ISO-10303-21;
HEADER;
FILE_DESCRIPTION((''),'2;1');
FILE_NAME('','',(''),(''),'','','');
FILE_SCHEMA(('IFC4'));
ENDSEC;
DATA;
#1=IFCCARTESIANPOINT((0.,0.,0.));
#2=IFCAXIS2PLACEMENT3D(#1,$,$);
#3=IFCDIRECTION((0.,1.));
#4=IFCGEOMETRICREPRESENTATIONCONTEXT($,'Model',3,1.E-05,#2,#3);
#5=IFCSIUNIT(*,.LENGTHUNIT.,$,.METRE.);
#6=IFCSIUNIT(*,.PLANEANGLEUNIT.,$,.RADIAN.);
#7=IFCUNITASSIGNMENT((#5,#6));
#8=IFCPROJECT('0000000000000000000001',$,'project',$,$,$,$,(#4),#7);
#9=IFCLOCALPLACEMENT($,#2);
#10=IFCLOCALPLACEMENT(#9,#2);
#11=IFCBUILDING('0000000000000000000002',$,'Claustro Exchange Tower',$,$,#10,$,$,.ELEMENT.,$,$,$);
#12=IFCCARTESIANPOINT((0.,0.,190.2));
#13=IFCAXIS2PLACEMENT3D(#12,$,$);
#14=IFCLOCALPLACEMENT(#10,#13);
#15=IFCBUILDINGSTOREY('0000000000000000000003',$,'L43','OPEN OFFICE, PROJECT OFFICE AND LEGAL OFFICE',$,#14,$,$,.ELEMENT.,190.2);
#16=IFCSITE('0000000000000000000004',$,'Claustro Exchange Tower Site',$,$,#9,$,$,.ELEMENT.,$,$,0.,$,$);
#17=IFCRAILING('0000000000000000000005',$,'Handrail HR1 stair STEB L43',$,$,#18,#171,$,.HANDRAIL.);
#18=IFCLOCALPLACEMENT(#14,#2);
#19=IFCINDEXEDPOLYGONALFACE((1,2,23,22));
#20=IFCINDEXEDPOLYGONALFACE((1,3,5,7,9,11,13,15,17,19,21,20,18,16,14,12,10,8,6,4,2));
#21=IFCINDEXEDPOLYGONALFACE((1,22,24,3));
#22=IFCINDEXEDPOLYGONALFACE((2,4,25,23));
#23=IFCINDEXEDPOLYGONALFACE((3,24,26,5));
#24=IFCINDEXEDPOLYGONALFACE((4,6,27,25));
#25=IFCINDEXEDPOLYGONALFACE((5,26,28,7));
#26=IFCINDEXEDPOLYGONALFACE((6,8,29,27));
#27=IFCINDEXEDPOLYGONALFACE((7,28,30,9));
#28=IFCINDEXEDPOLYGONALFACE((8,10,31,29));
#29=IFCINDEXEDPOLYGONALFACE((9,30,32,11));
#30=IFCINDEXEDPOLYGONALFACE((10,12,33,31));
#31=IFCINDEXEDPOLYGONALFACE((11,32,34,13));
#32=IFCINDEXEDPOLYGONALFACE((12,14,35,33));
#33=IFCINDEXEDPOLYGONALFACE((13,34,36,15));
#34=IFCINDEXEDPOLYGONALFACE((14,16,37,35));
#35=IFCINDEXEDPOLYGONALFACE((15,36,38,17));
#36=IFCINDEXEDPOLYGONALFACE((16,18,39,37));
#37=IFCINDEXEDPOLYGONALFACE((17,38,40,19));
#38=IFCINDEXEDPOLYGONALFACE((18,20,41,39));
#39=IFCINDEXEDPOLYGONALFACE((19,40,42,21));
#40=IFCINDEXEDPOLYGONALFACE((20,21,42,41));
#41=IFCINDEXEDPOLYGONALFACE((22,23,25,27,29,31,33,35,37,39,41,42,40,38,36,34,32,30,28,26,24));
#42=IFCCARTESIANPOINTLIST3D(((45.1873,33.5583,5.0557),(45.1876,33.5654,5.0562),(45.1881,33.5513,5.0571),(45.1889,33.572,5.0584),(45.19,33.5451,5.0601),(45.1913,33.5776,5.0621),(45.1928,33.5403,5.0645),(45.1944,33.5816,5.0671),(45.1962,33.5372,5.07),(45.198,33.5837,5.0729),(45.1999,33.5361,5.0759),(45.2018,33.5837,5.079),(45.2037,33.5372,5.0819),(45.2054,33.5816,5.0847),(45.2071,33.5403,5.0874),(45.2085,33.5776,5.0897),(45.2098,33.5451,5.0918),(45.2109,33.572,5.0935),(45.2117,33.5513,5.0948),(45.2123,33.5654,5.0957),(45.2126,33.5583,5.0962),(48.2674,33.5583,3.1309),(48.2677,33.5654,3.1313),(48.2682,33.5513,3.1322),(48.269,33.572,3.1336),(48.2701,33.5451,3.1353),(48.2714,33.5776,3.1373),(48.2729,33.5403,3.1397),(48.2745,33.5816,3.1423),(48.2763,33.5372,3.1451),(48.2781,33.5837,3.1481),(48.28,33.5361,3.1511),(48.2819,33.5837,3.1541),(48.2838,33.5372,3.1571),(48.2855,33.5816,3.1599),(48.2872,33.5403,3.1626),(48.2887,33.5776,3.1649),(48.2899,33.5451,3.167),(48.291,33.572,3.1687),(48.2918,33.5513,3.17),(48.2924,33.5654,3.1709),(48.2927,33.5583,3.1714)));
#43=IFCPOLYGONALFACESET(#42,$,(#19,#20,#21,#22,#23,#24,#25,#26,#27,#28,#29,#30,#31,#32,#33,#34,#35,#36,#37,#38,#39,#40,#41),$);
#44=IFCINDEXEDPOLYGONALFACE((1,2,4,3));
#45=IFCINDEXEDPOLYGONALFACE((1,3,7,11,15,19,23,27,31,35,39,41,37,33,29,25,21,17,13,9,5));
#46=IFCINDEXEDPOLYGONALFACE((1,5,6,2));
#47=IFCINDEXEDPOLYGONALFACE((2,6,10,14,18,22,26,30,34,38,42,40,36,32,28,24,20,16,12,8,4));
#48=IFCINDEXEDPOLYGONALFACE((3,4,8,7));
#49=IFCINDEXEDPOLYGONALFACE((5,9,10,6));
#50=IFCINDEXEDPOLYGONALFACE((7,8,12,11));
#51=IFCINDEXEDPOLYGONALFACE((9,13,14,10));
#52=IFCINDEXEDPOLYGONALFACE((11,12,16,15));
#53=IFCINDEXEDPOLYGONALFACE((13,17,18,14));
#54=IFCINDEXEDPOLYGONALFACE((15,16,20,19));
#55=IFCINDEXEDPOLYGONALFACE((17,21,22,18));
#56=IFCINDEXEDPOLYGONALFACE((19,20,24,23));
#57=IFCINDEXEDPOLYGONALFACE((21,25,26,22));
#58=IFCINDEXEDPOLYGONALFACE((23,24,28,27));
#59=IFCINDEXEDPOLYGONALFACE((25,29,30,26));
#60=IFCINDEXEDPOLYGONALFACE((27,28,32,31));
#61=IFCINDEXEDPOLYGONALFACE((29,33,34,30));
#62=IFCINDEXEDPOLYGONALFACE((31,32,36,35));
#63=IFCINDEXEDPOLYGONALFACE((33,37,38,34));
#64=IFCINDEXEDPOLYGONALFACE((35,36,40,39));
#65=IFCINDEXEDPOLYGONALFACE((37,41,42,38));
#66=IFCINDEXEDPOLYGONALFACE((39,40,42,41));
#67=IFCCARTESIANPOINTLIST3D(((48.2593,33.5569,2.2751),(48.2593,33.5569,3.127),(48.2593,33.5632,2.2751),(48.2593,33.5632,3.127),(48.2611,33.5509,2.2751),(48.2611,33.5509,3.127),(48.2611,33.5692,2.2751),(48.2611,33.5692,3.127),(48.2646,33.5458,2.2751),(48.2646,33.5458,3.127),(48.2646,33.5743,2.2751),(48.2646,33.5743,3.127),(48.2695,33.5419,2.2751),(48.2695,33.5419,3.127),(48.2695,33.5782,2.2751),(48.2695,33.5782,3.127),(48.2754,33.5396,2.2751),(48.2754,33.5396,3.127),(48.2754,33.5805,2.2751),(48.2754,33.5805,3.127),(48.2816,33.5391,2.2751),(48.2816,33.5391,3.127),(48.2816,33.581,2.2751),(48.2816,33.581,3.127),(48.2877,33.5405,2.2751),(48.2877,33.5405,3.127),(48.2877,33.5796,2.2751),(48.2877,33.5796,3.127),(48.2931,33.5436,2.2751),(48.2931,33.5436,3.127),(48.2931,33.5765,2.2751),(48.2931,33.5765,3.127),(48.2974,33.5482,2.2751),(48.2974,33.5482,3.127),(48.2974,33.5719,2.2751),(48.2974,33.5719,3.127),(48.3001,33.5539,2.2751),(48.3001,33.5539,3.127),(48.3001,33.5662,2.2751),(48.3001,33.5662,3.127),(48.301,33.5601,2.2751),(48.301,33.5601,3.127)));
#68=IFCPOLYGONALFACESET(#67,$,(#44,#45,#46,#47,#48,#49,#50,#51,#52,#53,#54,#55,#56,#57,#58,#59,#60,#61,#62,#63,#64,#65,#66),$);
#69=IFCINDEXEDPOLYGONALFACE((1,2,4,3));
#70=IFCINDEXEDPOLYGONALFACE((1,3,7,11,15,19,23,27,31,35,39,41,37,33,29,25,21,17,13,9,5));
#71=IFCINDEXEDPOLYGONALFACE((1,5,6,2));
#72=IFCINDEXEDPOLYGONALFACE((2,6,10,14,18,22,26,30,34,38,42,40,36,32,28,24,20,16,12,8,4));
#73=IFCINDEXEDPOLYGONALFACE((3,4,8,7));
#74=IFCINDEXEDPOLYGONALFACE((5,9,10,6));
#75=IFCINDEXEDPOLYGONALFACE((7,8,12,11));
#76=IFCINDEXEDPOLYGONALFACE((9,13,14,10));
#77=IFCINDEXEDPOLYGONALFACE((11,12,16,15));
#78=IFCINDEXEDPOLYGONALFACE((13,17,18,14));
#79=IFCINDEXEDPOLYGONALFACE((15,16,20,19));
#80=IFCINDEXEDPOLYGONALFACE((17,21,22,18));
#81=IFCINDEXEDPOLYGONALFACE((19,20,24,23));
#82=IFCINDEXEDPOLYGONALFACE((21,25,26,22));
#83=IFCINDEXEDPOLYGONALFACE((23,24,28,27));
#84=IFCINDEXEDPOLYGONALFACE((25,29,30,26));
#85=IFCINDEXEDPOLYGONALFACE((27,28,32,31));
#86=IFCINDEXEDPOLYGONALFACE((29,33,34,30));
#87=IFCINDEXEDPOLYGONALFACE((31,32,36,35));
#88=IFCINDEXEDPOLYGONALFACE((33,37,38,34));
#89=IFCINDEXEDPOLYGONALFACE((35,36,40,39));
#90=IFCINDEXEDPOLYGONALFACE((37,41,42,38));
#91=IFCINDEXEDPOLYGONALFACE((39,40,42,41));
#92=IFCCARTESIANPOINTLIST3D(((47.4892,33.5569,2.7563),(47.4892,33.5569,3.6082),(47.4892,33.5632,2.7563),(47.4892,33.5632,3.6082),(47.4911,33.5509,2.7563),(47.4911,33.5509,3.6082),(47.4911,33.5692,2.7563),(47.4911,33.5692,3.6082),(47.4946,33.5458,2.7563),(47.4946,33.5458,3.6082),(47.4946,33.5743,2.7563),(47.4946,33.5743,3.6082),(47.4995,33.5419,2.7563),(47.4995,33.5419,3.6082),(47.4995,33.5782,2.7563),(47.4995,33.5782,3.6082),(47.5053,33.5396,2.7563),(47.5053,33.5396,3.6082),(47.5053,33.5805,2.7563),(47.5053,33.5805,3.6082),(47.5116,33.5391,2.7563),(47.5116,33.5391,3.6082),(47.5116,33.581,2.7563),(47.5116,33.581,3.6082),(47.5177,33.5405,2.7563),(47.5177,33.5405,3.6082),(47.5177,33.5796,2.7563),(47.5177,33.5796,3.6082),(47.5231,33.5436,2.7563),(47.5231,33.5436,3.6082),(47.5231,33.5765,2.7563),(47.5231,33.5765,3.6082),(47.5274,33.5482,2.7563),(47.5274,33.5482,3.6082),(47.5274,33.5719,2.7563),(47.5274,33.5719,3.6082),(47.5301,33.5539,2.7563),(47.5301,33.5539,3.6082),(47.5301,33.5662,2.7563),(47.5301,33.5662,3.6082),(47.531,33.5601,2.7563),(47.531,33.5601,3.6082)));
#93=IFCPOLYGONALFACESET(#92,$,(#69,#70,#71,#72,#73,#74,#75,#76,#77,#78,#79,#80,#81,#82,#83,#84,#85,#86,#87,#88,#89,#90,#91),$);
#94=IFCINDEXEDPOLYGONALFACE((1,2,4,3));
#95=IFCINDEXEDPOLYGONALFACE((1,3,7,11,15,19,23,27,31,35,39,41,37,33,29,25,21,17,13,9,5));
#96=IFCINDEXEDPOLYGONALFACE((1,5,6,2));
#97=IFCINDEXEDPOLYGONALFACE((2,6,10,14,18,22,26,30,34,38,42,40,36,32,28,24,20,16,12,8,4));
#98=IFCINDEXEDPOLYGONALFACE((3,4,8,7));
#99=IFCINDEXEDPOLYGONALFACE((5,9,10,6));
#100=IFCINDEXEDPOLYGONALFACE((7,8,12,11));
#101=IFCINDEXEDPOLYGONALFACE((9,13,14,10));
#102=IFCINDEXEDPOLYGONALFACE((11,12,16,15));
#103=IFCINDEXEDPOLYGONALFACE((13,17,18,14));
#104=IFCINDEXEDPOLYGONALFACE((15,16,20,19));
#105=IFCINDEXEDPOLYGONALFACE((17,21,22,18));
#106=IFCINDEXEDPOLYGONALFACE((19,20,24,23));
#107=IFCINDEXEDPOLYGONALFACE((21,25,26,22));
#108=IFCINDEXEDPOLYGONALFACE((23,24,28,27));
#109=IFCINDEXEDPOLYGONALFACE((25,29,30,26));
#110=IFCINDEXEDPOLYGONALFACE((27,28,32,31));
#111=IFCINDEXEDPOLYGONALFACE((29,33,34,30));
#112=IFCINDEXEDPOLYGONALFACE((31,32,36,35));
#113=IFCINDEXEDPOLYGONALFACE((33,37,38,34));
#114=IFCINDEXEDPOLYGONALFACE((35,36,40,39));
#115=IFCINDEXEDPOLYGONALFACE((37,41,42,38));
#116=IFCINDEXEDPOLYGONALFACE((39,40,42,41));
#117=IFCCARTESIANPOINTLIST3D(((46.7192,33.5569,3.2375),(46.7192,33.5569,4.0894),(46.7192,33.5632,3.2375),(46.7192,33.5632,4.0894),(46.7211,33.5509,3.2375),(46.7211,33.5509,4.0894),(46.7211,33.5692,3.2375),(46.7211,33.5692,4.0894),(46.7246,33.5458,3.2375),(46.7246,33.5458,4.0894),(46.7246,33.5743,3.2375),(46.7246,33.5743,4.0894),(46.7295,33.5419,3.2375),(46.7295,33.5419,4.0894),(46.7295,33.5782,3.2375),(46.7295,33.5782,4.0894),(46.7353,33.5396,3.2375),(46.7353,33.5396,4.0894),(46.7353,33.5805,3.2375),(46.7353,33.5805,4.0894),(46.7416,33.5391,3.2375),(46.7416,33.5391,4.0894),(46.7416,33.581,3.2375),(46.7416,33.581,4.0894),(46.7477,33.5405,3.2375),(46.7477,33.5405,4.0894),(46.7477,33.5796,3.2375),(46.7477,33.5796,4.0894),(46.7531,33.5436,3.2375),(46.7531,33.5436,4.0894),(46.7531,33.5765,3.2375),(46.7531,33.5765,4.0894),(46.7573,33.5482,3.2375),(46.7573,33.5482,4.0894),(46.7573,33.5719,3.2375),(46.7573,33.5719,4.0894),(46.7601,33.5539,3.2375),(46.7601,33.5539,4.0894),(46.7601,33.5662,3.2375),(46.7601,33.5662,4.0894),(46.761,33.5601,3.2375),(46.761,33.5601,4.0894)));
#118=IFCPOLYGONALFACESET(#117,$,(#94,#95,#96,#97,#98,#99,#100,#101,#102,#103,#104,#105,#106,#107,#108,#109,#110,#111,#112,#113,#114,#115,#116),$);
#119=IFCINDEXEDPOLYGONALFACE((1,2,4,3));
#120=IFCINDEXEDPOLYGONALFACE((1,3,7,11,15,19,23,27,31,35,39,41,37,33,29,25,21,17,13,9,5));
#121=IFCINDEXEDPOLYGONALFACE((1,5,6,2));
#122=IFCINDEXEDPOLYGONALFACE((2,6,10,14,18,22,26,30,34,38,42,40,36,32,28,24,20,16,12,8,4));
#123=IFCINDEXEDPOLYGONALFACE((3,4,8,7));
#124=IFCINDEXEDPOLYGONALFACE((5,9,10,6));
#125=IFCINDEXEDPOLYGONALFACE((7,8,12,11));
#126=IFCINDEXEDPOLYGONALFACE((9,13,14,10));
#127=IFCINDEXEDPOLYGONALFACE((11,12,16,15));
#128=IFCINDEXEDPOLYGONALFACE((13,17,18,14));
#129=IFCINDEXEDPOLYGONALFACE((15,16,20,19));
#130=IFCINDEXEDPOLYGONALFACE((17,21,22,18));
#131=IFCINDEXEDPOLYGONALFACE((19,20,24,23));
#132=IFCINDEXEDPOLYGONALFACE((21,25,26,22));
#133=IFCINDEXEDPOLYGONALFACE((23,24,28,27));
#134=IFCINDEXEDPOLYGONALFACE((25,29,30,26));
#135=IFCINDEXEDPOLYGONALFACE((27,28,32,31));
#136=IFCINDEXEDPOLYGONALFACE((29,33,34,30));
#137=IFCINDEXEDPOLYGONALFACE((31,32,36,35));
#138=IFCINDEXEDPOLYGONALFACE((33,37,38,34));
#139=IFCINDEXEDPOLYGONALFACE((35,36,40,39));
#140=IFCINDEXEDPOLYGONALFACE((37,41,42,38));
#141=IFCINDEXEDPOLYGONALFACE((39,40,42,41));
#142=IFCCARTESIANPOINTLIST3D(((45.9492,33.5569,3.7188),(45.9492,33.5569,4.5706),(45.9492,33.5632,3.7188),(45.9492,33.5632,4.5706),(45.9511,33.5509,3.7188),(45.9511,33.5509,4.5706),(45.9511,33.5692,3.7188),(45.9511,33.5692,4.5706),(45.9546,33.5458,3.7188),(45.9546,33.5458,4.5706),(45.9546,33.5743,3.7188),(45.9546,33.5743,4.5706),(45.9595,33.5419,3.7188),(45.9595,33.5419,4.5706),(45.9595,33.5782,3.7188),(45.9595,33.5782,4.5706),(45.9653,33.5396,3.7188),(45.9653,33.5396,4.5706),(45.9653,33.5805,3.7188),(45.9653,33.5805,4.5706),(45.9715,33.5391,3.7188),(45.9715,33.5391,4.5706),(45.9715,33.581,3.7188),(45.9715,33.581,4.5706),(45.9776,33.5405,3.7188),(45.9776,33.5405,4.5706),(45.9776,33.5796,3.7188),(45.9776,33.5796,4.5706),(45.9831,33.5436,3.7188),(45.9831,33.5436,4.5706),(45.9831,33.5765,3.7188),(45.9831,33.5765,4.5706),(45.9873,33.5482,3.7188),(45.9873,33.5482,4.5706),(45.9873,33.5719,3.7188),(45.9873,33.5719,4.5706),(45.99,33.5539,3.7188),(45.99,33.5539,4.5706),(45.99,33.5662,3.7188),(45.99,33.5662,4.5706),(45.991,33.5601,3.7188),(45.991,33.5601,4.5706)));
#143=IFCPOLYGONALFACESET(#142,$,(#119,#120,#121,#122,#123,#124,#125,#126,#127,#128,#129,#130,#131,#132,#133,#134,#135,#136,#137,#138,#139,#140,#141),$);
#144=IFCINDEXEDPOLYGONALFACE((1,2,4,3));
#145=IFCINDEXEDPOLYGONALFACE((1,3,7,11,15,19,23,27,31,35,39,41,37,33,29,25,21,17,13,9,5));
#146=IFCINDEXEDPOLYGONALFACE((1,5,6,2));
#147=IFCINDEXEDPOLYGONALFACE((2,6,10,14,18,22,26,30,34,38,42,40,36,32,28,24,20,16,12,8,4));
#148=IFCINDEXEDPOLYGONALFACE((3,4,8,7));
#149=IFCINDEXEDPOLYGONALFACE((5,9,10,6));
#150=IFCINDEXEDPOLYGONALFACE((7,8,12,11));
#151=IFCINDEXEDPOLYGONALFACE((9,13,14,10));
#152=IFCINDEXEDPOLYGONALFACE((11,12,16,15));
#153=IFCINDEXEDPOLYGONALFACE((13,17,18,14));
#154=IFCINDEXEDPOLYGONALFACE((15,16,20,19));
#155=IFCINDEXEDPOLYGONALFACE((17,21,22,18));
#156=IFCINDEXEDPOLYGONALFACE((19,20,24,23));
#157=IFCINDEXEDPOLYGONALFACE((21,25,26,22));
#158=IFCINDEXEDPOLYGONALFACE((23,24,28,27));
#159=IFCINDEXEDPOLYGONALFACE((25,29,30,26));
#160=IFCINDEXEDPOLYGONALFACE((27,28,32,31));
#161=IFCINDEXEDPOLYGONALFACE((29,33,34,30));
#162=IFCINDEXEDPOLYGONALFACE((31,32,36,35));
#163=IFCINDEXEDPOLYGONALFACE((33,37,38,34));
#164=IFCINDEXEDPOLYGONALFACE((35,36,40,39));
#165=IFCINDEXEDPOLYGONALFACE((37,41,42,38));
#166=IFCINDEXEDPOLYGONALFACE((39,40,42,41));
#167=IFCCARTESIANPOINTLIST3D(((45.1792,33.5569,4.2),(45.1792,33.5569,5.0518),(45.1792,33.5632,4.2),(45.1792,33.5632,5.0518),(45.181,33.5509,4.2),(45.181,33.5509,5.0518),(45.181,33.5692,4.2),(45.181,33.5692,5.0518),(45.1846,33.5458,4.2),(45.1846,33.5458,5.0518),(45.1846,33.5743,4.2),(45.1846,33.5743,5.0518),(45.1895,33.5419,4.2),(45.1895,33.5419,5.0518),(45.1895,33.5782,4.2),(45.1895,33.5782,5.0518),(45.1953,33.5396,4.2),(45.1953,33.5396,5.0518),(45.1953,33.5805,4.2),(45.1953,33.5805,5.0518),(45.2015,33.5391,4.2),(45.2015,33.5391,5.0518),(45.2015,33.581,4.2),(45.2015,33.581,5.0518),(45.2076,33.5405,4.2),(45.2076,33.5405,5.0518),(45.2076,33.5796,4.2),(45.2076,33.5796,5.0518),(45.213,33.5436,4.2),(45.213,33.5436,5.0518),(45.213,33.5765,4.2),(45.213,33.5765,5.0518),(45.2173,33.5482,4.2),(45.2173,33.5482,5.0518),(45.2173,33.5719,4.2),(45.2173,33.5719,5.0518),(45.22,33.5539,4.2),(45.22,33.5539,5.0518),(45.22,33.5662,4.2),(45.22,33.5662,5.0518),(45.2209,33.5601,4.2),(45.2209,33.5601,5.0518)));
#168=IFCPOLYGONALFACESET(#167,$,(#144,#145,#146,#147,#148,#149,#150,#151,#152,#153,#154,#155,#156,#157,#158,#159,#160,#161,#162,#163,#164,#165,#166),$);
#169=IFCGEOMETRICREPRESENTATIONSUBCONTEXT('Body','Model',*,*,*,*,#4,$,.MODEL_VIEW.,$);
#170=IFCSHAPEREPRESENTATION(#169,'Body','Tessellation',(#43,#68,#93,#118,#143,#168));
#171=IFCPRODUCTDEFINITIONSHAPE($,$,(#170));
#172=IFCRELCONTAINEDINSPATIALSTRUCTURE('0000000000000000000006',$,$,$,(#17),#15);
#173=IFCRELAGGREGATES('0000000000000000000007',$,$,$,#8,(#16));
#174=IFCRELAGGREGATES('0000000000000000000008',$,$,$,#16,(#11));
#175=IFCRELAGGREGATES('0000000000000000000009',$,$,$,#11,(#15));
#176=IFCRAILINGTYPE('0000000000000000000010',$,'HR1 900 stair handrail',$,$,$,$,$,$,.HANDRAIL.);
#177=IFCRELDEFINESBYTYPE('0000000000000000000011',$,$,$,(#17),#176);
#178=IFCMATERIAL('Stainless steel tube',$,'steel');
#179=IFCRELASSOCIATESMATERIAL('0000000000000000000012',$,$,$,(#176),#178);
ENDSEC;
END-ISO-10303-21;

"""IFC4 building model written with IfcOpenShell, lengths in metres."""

from ifc_helpers import new_model, si_unit, direction, frame, origin, origin_2d, place, context, subcontext, project, spatial, circle, extrude, material, type_object, element, save


model = new_model("IFC4")

# Units and contexts
model_context = context("Model", 3, precision=1e-05, world=origin(), true_north=direction((0.0, 1.0)))
body_context = subcontext(model_context, "Body", "Model", "MODEL_VIEW")
ifc_project = project(units=[si_unit("LENGTHUNIT", "METRE"), si_unit("PLANEANGLEUNIT", "RADIAN")], contexts=[model_context])

# Site, building, storey
site_placement = place(None, origin())
site = spatial("IfcSite", under=ifc_project, at=site_placement, Name="Claustro Exchange Tower Site", CompositionType="ELEMENT", RefElevation=0.0)
building_placement = place(site_placement, origin())
building = spatial("IfcBuilding", under=site, at=building_placement, Name="Claustro Exchange Tower", CompositionType="ELEMENT")
storey_placement = place(building_placement, frame((0.0, 0.0, 190.2)))
storey = spatial("IfcBuildingStorey", under=building, at=storey_placement, Name="L43", Description="OPEN OFFICE, PROJECT OFFICE AND LEGAL OFFICE", CompositionType="ELEMENT", Elevation=190.2)

# Railing
ifc_material_1 = material(Name="Stainless steel tube", Category="steel")
railing_type_1 = type_object("IfcRailingType", Name="HR1 900 stair handrail", PredefinedType="HANDRAIL", material=ifc_material_1)
railing_1_placement = place(storey_placement, frame((48.28, 33.5601, 2.2751)))
element("IfcRailing", 1, at=railing_1_placement, inside=storey, type_object=railing_type_1, Name="Handrail HR1 stair STEB L43", PredefinedType="HANDRAIL", context=body_context, shape_type="SweptSolid", body=[
    extrude(circle(Radius=0.0239, at=origin_2d()), frame((0.0, 0.0, 0.876), z_axis=(-0.848029, 0.0, 0.529951), x_axis=(0.0, -1.0, 0.0)), (0.0, 0.0, 1.0), 3.6321),
    extrude(circle(Radius=0.021, at=origin_2d()), origin(), (0.0, 0.0, 1.0), 0.8518),
    extrude(circle(Radius=0.021, at=origin_2d()), frame((-0.77, 0.0, 0.4812)), (0.0, 0.0, 1.0), 0.8518),
    extrude(circle(Radius=0.021, at=origin_2d()), frame((-1.54, 0.0, 0.9624)), (0.0, 0.0, 1.0), 0.8518),
    extrude(circle(Radius=0.021, at=origin_2d()), frame((-2.3101, 0.0, 1.4436)), (0.0, 0.0, 1.0), 0.8518),
    extrude(circle(Radius=0.021, at=origin_2d()), frame((-3.0801, 0.0, 1.9248)), (0.0, 0.0, 1.0), 0.8518),
])

save(model, "model.ifc")
